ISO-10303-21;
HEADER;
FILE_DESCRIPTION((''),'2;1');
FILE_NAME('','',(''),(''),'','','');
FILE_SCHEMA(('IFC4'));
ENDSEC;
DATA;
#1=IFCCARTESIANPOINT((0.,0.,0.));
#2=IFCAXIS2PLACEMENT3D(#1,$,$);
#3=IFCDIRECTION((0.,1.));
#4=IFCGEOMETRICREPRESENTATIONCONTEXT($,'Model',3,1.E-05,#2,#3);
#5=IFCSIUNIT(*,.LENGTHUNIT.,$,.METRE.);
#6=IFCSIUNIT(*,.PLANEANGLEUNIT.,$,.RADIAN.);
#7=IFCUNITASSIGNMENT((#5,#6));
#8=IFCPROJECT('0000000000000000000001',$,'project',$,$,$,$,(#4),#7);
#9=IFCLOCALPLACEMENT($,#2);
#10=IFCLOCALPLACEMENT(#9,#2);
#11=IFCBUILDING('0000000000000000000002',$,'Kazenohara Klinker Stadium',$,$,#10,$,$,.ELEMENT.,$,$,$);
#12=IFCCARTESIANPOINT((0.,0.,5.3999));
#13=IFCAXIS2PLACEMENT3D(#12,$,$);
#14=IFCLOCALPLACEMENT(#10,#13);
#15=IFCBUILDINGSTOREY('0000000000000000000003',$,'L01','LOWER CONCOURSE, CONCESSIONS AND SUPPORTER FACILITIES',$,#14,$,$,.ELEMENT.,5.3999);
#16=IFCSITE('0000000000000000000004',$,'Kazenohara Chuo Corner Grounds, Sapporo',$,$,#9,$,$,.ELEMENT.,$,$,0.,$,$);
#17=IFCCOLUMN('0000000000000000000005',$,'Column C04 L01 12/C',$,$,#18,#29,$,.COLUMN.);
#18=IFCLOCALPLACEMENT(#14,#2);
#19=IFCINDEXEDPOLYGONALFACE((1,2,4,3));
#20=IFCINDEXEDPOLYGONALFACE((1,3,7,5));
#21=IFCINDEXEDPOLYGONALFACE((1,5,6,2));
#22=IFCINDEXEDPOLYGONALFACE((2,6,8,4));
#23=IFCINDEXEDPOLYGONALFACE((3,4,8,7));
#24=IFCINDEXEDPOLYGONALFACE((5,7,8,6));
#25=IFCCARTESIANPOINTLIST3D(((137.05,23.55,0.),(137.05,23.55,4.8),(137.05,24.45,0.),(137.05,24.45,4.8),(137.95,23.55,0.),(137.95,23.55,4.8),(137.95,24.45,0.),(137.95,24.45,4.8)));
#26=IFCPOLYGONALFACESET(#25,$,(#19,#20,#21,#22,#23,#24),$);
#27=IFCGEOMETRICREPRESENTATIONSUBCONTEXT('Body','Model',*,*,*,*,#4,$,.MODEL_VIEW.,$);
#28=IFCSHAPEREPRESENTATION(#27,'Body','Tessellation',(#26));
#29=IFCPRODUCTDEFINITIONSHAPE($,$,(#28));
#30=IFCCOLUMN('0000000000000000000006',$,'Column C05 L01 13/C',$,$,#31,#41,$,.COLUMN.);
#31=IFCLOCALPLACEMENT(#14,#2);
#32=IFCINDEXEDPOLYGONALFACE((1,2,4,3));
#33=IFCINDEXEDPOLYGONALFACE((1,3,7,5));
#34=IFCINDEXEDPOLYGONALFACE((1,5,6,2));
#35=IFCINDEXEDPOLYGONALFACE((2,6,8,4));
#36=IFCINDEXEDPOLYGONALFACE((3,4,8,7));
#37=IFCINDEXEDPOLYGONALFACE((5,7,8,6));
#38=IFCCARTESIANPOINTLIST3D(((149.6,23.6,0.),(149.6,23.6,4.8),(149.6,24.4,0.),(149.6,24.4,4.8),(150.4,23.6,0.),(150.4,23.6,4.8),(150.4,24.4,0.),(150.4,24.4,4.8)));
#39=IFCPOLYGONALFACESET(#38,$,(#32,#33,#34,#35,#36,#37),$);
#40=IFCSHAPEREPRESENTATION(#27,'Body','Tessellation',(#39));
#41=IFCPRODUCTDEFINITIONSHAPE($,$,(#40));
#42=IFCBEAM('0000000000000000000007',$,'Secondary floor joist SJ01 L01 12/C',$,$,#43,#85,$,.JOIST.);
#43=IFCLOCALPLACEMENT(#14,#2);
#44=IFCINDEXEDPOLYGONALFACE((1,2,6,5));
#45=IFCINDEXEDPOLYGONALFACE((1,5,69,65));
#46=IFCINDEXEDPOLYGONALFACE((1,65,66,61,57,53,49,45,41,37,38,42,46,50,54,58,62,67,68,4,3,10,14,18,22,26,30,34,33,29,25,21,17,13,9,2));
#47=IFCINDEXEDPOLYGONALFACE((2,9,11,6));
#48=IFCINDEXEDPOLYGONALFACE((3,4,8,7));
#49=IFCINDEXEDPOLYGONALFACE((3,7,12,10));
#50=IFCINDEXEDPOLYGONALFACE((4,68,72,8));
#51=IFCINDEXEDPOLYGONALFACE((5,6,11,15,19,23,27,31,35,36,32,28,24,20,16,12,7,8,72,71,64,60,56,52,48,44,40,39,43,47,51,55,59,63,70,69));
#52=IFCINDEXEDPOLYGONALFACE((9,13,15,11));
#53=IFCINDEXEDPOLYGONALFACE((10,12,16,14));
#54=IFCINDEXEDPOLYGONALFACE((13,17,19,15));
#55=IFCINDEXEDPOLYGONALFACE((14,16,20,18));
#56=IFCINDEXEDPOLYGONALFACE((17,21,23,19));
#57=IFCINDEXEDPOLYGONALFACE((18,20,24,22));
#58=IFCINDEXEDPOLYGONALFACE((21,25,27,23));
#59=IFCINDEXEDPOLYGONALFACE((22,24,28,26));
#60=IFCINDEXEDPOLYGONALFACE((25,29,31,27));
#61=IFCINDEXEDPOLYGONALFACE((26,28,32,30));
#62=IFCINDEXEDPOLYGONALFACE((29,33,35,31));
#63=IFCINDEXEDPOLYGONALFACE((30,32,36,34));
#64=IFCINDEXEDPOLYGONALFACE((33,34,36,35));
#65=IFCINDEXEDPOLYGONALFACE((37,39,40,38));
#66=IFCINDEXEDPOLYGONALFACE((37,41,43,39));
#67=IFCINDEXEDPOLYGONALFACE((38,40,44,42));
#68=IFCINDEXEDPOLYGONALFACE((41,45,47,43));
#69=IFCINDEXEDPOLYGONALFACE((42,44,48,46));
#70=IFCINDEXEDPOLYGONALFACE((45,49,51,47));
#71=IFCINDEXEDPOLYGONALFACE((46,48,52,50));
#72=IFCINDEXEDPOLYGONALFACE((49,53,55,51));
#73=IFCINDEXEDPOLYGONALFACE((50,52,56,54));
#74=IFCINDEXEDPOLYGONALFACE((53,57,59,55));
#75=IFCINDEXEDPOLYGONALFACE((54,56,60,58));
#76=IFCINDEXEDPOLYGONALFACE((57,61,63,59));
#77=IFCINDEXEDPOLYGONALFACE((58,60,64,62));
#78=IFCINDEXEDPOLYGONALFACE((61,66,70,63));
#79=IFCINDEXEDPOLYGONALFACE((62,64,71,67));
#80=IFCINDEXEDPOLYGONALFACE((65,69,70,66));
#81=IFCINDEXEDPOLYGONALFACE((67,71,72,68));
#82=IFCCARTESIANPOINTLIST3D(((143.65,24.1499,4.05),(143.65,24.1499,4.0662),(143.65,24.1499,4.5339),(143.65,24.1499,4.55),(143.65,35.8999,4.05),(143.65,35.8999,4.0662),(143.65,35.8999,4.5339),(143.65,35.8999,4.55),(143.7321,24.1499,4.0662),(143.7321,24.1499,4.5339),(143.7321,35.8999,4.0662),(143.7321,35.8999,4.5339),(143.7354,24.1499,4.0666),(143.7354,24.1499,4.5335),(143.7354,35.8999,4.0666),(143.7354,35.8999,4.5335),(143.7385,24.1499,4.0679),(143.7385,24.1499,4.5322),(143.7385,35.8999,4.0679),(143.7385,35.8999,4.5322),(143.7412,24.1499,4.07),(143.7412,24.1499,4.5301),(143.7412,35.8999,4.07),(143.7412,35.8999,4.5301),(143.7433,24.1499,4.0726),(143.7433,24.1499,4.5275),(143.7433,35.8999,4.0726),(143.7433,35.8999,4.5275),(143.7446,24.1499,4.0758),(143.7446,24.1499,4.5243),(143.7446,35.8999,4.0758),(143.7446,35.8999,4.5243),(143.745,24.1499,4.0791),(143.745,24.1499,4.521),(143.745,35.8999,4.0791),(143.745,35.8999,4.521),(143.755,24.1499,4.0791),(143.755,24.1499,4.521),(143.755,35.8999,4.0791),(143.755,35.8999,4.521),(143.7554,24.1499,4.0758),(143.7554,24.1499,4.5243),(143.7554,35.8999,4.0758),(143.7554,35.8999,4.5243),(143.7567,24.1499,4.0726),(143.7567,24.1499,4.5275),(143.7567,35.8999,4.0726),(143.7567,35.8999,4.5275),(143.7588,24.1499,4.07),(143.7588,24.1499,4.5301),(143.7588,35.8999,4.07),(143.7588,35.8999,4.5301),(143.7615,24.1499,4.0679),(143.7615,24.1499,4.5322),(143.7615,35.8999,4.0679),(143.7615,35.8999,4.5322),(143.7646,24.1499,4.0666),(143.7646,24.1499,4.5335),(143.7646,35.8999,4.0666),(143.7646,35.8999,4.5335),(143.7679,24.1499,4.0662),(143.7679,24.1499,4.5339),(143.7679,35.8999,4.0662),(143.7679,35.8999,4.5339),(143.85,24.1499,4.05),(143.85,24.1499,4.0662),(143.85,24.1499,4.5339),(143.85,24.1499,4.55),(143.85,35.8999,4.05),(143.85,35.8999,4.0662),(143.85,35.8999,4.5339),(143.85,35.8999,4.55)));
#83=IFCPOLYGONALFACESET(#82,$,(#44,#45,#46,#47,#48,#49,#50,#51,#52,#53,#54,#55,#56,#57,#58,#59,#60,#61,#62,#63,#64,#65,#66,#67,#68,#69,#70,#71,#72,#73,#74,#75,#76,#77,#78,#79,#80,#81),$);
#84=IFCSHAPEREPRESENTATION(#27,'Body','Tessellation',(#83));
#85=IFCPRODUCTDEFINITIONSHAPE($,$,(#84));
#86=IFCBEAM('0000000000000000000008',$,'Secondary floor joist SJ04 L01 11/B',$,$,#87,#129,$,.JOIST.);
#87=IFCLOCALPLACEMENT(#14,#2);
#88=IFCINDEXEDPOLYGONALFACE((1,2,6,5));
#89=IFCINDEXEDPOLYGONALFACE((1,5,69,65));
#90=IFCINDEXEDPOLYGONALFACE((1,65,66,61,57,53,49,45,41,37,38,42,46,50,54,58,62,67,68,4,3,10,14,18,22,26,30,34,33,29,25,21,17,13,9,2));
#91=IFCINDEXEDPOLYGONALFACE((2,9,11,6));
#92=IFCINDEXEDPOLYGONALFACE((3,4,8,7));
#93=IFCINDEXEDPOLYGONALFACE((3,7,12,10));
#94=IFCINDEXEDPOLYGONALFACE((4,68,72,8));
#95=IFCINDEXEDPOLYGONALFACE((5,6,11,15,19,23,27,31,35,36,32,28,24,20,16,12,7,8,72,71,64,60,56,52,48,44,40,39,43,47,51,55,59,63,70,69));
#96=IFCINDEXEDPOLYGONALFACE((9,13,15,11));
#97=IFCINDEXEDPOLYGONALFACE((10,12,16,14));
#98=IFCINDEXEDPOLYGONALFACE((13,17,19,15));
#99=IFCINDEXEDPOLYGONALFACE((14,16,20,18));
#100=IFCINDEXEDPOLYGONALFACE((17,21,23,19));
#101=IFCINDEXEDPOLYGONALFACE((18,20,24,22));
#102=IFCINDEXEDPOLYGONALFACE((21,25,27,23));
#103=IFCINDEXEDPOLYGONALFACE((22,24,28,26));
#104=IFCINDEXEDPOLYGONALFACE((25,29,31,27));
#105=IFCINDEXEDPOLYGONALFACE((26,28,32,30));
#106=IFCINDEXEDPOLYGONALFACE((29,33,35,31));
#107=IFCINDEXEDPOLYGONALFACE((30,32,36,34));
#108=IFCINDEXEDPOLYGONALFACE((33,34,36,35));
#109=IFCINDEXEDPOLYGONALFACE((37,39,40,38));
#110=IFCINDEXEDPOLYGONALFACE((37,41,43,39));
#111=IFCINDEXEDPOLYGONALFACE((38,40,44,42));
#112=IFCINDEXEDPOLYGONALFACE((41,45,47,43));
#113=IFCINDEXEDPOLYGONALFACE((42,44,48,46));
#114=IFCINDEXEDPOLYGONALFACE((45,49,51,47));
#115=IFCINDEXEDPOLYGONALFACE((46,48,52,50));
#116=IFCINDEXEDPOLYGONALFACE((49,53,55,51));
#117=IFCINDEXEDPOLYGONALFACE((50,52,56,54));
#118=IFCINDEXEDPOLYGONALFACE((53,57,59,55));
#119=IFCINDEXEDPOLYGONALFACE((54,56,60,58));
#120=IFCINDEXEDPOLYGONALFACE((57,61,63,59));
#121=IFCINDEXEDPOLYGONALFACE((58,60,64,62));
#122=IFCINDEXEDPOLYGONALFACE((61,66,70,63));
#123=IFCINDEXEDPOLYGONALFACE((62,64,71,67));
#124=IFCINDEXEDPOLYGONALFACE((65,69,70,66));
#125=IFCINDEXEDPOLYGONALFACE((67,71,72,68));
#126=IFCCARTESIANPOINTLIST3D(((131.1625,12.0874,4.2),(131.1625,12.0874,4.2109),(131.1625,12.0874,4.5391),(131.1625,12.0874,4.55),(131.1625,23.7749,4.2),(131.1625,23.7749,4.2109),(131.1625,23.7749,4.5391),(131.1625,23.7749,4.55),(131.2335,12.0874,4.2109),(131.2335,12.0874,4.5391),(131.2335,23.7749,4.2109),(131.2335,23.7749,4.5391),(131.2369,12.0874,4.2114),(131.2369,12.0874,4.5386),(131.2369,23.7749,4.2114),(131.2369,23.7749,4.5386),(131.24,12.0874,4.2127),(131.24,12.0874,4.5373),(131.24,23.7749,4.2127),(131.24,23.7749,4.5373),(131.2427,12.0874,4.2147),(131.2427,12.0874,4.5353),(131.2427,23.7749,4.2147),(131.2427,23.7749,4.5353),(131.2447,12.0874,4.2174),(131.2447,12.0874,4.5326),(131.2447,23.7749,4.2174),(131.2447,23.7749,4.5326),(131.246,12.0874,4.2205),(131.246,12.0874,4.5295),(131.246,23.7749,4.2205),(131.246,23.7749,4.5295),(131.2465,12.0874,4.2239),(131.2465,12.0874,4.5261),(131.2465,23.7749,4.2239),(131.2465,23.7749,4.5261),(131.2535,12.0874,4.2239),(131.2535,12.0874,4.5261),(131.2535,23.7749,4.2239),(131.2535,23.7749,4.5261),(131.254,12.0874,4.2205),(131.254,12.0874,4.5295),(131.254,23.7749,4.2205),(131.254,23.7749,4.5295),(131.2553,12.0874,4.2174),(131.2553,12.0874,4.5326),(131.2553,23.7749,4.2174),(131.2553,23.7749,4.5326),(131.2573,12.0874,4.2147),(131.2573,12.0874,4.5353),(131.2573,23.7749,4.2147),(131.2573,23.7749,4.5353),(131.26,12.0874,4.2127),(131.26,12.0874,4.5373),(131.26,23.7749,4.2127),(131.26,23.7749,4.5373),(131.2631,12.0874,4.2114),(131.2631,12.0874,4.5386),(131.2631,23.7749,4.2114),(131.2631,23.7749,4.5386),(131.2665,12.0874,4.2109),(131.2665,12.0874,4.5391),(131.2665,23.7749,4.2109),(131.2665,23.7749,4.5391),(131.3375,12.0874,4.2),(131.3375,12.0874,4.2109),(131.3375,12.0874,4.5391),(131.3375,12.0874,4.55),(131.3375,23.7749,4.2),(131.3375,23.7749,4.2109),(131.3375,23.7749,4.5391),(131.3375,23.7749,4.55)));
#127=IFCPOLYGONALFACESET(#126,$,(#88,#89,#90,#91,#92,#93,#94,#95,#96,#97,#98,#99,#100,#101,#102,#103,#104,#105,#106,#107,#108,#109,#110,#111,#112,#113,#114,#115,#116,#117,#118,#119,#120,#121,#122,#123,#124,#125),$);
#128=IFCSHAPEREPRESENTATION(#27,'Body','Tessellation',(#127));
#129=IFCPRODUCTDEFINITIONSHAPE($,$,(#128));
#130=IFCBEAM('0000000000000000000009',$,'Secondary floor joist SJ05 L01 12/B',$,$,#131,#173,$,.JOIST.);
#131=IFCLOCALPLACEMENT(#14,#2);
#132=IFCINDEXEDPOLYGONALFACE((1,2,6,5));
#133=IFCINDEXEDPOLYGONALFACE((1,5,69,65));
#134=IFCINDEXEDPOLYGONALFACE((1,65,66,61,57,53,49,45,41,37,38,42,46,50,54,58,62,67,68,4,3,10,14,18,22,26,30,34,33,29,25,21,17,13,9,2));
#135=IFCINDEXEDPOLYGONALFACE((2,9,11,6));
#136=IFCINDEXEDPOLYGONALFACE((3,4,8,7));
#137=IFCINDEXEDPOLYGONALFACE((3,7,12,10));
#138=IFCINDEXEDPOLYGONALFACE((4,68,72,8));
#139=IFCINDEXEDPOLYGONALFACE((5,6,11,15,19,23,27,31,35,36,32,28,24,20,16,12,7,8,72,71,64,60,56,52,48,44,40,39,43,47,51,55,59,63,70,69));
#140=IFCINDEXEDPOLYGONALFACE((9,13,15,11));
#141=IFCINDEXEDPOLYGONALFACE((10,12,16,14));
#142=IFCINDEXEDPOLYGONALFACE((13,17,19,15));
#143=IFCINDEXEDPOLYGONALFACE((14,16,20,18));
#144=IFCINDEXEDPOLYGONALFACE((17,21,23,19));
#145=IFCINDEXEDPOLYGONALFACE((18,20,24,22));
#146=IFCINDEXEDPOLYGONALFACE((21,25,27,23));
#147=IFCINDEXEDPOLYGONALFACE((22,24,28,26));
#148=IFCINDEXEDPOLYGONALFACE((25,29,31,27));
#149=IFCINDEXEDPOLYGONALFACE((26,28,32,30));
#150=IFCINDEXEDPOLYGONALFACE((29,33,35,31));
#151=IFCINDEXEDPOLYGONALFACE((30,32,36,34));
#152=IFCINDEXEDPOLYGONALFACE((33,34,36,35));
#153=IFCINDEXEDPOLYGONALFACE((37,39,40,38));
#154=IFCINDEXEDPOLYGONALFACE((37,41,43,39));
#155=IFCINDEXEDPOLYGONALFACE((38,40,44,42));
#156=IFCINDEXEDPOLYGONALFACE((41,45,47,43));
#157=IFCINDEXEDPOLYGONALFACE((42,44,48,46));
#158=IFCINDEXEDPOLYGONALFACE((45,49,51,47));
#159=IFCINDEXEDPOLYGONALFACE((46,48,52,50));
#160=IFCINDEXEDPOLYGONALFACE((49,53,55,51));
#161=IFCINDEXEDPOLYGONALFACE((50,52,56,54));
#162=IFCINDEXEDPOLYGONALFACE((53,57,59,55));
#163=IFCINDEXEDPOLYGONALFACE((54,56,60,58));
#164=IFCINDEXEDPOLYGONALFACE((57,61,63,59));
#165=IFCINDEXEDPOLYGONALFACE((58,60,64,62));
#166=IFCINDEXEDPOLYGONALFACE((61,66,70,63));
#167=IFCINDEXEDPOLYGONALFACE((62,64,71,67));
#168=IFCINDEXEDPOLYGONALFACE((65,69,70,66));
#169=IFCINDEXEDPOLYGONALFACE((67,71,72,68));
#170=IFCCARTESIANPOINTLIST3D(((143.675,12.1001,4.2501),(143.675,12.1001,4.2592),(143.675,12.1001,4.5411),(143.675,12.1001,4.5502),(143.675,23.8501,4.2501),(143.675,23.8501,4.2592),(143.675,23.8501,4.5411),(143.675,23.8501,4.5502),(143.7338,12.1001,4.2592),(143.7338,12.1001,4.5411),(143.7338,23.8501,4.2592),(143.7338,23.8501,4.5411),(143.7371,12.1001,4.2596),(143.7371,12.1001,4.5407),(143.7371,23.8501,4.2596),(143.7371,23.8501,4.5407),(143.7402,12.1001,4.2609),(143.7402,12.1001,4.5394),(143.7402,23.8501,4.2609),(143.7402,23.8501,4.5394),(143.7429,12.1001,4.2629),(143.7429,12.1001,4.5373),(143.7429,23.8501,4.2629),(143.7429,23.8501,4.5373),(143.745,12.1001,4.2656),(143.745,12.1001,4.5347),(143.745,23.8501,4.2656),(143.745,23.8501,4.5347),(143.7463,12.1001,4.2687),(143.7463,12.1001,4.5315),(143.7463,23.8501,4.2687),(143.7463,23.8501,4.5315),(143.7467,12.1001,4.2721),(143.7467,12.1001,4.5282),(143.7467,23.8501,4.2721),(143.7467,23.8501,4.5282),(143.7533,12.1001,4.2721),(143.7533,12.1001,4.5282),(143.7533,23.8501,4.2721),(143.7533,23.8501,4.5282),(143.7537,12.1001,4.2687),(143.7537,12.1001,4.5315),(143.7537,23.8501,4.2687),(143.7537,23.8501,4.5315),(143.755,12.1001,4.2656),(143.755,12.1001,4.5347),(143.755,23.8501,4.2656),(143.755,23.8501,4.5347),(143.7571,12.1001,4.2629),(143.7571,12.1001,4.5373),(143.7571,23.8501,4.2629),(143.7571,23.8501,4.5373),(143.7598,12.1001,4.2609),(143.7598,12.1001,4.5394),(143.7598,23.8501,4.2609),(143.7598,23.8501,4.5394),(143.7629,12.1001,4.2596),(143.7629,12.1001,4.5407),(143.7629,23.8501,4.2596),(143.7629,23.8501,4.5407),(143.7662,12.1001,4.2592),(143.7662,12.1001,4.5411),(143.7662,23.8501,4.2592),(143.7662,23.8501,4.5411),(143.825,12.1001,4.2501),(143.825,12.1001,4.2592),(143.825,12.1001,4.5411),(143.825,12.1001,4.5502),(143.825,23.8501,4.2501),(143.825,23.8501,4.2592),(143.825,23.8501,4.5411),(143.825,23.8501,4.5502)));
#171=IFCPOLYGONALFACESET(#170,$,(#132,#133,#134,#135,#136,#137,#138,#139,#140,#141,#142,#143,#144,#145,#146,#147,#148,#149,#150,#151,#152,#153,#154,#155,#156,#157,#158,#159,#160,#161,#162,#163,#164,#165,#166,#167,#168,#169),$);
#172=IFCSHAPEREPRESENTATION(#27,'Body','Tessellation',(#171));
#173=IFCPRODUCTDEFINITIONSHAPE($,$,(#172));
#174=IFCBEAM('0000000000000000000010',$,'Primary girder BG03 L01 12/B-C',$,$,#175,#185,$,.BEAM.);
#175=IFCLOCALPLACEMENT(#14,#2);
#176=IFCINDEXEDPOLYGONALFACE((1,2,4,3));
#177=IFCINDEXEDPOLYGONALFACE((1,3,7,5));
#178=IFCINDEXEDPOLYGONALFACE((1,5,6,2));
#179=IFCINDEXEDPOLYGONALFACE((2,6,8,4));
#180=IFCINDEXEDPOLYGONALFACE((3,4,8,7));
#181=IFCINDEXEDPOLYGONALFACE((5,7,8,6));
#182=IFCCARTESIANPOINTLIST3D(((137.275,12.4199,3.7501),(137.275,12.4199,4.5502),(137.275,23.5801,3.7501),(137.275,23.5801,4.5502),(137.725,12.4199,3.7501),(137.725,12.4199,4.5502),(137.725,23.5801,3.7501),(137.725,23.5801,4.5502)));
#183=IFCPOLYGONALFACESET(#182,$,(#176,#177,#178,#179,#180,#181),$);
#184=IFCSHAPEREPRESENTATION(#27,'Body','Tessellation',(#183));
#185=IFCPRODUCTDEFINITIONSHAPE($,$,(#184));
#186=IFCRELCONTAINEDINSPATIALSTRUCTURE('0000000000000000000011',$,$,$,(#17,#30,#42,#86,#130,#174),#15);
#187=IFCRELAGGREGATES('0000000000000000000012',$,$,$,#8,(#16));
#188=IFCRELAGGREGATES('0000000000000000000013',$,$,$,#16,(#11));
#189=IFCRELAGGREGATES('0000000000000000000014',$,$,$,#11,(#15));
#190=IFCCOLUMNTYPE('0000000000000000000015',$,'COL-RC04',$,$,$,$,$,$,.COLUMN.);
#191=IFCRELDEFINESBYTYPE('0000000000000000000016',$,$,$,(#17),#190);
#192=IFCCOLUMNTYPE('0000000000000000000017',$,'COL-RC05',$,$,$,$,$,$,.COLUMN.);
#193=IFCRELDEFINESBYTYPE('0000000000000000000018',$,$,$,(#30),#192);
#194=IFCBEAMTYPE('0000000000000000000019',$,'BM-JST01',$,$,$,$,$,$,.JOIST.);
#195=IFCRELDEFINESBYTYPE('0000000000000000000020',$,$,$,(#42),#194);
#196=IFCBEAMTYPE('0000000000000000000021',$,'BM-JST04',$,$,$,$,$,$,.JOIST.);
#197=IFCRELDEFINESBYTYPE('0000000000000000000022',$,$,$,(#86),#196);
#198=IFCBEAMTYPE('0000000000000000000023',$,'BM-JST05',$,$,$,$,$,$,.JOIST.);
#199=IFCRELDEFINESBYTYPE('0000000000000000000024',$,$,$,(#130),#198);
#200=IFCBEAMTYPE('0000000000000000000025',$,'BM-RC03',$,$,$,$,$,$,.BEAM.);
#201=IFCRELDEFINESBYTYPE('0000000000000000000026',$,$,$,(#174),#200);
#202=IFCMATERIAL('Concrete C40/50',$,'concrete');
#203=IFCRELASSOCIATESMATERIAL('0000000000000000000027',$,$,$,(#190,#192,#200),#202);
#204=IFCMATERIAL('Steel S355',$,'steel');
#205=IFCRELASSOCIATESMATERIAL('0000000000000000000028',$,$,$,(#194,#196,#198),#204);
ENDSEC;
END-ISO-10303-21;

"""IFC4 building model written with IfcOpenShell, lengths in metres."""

from ifc_helpers import new_model, si_unit, direction, frame, origin, origin_2d, place, context, subcontext, project, spatial, rectangle, i_section, extrude, material, material_profile, profile_set, type_object, element, save


model = new_model("IFC4")

# Units and contexts
model_context = context("Model", 3, precision=1e-05, world=origin(), true_north=direction((0.0, 1.0)))
body_context = subcontext(model_context, "Body", "Model", "MODEL_VIEW")
ifc_project = project(units=[si_unit("LENGTHUNIT", "METRE"), si_unit("PLANEANGLEUNIT", "RADIAN")], contexts=[model_context])

# Site, building, storey
site_placement = place(None, origin())
site = spatial("IfcSite", under=ifc_project, at=site_placement, Name="Kazenohara Chuo Corner Grounds, Sapporo", CompositionType="ELEMENT", RefElevation=0.0)
building_placement = place(site_placement, origin())
building = spatial("IfcBuilding", under=site, at=building_placement, Name="Kazenohara Klinker Stadium", CompositionType="ELEMENT")
storey_placement = place(building_placement, frame((0.0, 0.0, 5.3999)))
storey = spatial("IfcBuildingStorey", under=building, at=storey_placement, Name="L01", Description="LOWER CONCOURSE, CONCESSIONS AND SUPPORTER FACILITIES", CompositionType="ELEMENT", Elevation=5.3999)

# Columns
ifc_material_1 = material(Name="Concrete C40/50", Category="concrete")
ifc_material_profile_1 = material_profile(ifc_material_1, rectangle(XDim=0.8999, YDim=0.8999, at=origin_2d()), Name="RC-COL-900x900")
ifc_profile_set_1 = profile_set([ifc_material_profile_1], Name="Concrete C40/50")
column_type_1 = type_object("IfcColumnType", Name="COL-RC04", PredefinedType="COLUMN", material=ifc_profile_set_1)
column_1_placement = place(storey_placement, frame((137.5, 24.0, 0.0), z_axis=(0.0, 0.0, 1.0), x_axis=(1.0, 0.0, 0.0)))
element("IfcColumn", 1, at=column_1_placement, inside=storey, type_object=column_type_1, Name="Column C04 L01 12/C", PredefinedType="COLUMN", context=body_context, shape_type="SweptSolid", body=[
    extrude(rectangle(XDim=0.8999, YDim=0.8999, at=origin_2d()), origin(), (0.0, 0.0, 1.0), 4.8),
])
ifc_material_profile_2 = material_profile(ifc_material_1, rectangle(XDim=0.8, YDim=0.8, at=origin_2d()), Name="RC-COL-800x800")
ifc_profile_set_2 = profile_set([ifc_material_profile_2], Name="Concrete C40/50")
column_type_2 = type_object("IfcColumnType", Name="COL-RC05", PredefinedType="COLUMN", material=ifc_profile_set_2)
column_2_placement = place(storey_placement, frame((150.0, 24.0, 0.0), z_axis=(0.0, 0.0, 1.0), x_axis=(1.0, 0.0, 0.0)))
element("IfcColumn", 2, at=column_2_placement, inside=storey, type_object=column_type_2, Name="Column C05 L01 13/C", PredefinedType="COLUMN", context=body_context, shape_type="SweptSolid", body=[
    extrude(rectangle(XDim=0.8, YDim=0.8, at=origin_2d()), origin(), (0.0, 0.0, 1.0), 4.8),
])

# Beams
ifc_material_2 = material(Name="Steel S355", Category="steel")
ifc_material_profile_3 = material_profile(ifc_material_2, i_section(OverallWidth=0.2, OverallDepth=0.5, WebThickness=0.01, FlangeThickness=0.0161, FilletRadius=0.0129, at=origin_2d()), Name="H-500x200x10x16")
ifc_profile_set_3 = profile_set([ifc_material_profile_3], Name="Steel S355")
beam_type_1 = type_object("IfcBeamType", Name="BM-JST01", PredefinedType="JOIST", material=ifc_profile_set_3)
beam_1_placement = place(storey_placement, frame((143.75, 24.1499, 4.3), z_axis=(0.0, 1.0, 0.0), x_axis=(-1.0, 0.0, 0.0)))
element("IfcBeam", 3, at=beam_1_placement, inside=storey, type_object=beam_type_1, Name="Secondary floor joist SJ01 L01 12/C", PredefinedType="JOIST", context=body_context, shape_type="SweptSolid", body=[
    extrude(i_section(OverallWidth=0.2, OverallDepth=0.5, WebThickness=0.01, FlangeThickness=0.0161, FilletRadius=0.0129, at=origin_2d()), origin(), (0.0, 0.0, 1.0), 11.75),
])
ifc_material_profile_4 = material_profile(ifc_material_2, i_section(OverallWidth=0.175, OverallDepth=0.3501, WebThickness=0.0071, FlangeThickness=0.011, FilletRadius=0.0129, at=origin_2d()), Name="H-350x175x7x11")
ifc_profile_set_4 = profile_set([ifc_material_profile_4], Name="Steel S355")
beam_type_2 = type_object("IfcBeamType", Name="BM-JST04", PredefinedType="JOIST", material=ifc_profile_set_4)
beam_2_placement = place(storey_placement, frame((131.25, 12.0874, 4.375), z_axis=(0.0, 1.0, 0.0), x_axis=(-1.0, 0.0, 0.0)))
element("IfcBeam", 4, at=beam_2_placement, inside=storey, type_object=beam_type_2, Name="Secondary floor joist SJ04 L01 11/B", PredefinedType="JOIST", context=body_context, shape_type="SweptSolid", body=[
    extrude(i_section(OverallWidth=0.175, OverallDepth=0.3501, WebThickness=0.0071, FlangeThickness=0.011, FilletRadius=0.0129, at=origin_2d()), origin(), (0.0, 0.0, 1.0), 11.6875),
])
ifc_material_profile_5 = material_profile(ifc_material_2, i_section(OverallWidth=0.1499, OverallDepth=0.3, WebThickness=0.0066, FlangeThickness=0.009, FilletRadius=0.0129, at=origin_2d()), Name="H-300x150x6.5x9")
ifc_profile_set_5 = profile_set([ifc_material_profile_5], Name="Steel S355")
beam_type_3 = type_object("IfcBeamType", Name="BM-JST05", PredefinedType="JOIST", material=ifc_profile_set_5)
beam_3_placement = place(storey_placement, frame((143.75, 12.1001, 4.4001), z_axis=(0.0, 1.0, 0.0), x_axis=(-1.0, 0.0, 0.0)))
element("IfcBeam", 5, at=beam_3_placement, inside=storey, type_object=beam_type_3, Name="Secondary floor joist SJ05 L01 12/B", PredefinedType="JOIST", context=body_context, shape_type="SweptSolid", body=[
    extrude(i_section(OverallWidth=0.1499, OverallDepth=0.3, WebThickness=0.0066, FlangeThickness=0.009, FilletRadius=0.0129, at=origin_2d()), origin(), (0.0, 0.0, 1.0), 11.75),
])
ifc_material_profile_6 = material_profile(ifc_material_1, rectangle(XDim=0.45, YDim=0.8, at=origin_2d()), Name="RC-BM-450x800")
ifc_profile_set_6 = profile_set([ifc_material_profile_6], Name="Concrete C40/50")
beam_type_4 = type_object("IfcBeamType", Name="BM-RC03", PredefinedType="BEAM", material=ifc_profile_set_6)
beam_4_placement = place(storey_placement, frame((137.5, 12.4199, 4.1501), z_axis=(0.0, 1.0, 0.0), x_axis=(-1.0, 0.0, 0.0)))
element("IfcBeam", 6, at=beam_4_placement, inside=storey, type_object=beam_type_4, Name="Primary girder BG03 L01 12/B-C", PredefinedType="BEAM", context=body_context, shape_type="SweptSolid", body=[
    extrude(rectangle(XDim=0.45, YDim=0.8, at=origin_2d()), origin(), (0.0, 0.0, 1.0), 11.1602),
])

save(model, "model.ifc")
